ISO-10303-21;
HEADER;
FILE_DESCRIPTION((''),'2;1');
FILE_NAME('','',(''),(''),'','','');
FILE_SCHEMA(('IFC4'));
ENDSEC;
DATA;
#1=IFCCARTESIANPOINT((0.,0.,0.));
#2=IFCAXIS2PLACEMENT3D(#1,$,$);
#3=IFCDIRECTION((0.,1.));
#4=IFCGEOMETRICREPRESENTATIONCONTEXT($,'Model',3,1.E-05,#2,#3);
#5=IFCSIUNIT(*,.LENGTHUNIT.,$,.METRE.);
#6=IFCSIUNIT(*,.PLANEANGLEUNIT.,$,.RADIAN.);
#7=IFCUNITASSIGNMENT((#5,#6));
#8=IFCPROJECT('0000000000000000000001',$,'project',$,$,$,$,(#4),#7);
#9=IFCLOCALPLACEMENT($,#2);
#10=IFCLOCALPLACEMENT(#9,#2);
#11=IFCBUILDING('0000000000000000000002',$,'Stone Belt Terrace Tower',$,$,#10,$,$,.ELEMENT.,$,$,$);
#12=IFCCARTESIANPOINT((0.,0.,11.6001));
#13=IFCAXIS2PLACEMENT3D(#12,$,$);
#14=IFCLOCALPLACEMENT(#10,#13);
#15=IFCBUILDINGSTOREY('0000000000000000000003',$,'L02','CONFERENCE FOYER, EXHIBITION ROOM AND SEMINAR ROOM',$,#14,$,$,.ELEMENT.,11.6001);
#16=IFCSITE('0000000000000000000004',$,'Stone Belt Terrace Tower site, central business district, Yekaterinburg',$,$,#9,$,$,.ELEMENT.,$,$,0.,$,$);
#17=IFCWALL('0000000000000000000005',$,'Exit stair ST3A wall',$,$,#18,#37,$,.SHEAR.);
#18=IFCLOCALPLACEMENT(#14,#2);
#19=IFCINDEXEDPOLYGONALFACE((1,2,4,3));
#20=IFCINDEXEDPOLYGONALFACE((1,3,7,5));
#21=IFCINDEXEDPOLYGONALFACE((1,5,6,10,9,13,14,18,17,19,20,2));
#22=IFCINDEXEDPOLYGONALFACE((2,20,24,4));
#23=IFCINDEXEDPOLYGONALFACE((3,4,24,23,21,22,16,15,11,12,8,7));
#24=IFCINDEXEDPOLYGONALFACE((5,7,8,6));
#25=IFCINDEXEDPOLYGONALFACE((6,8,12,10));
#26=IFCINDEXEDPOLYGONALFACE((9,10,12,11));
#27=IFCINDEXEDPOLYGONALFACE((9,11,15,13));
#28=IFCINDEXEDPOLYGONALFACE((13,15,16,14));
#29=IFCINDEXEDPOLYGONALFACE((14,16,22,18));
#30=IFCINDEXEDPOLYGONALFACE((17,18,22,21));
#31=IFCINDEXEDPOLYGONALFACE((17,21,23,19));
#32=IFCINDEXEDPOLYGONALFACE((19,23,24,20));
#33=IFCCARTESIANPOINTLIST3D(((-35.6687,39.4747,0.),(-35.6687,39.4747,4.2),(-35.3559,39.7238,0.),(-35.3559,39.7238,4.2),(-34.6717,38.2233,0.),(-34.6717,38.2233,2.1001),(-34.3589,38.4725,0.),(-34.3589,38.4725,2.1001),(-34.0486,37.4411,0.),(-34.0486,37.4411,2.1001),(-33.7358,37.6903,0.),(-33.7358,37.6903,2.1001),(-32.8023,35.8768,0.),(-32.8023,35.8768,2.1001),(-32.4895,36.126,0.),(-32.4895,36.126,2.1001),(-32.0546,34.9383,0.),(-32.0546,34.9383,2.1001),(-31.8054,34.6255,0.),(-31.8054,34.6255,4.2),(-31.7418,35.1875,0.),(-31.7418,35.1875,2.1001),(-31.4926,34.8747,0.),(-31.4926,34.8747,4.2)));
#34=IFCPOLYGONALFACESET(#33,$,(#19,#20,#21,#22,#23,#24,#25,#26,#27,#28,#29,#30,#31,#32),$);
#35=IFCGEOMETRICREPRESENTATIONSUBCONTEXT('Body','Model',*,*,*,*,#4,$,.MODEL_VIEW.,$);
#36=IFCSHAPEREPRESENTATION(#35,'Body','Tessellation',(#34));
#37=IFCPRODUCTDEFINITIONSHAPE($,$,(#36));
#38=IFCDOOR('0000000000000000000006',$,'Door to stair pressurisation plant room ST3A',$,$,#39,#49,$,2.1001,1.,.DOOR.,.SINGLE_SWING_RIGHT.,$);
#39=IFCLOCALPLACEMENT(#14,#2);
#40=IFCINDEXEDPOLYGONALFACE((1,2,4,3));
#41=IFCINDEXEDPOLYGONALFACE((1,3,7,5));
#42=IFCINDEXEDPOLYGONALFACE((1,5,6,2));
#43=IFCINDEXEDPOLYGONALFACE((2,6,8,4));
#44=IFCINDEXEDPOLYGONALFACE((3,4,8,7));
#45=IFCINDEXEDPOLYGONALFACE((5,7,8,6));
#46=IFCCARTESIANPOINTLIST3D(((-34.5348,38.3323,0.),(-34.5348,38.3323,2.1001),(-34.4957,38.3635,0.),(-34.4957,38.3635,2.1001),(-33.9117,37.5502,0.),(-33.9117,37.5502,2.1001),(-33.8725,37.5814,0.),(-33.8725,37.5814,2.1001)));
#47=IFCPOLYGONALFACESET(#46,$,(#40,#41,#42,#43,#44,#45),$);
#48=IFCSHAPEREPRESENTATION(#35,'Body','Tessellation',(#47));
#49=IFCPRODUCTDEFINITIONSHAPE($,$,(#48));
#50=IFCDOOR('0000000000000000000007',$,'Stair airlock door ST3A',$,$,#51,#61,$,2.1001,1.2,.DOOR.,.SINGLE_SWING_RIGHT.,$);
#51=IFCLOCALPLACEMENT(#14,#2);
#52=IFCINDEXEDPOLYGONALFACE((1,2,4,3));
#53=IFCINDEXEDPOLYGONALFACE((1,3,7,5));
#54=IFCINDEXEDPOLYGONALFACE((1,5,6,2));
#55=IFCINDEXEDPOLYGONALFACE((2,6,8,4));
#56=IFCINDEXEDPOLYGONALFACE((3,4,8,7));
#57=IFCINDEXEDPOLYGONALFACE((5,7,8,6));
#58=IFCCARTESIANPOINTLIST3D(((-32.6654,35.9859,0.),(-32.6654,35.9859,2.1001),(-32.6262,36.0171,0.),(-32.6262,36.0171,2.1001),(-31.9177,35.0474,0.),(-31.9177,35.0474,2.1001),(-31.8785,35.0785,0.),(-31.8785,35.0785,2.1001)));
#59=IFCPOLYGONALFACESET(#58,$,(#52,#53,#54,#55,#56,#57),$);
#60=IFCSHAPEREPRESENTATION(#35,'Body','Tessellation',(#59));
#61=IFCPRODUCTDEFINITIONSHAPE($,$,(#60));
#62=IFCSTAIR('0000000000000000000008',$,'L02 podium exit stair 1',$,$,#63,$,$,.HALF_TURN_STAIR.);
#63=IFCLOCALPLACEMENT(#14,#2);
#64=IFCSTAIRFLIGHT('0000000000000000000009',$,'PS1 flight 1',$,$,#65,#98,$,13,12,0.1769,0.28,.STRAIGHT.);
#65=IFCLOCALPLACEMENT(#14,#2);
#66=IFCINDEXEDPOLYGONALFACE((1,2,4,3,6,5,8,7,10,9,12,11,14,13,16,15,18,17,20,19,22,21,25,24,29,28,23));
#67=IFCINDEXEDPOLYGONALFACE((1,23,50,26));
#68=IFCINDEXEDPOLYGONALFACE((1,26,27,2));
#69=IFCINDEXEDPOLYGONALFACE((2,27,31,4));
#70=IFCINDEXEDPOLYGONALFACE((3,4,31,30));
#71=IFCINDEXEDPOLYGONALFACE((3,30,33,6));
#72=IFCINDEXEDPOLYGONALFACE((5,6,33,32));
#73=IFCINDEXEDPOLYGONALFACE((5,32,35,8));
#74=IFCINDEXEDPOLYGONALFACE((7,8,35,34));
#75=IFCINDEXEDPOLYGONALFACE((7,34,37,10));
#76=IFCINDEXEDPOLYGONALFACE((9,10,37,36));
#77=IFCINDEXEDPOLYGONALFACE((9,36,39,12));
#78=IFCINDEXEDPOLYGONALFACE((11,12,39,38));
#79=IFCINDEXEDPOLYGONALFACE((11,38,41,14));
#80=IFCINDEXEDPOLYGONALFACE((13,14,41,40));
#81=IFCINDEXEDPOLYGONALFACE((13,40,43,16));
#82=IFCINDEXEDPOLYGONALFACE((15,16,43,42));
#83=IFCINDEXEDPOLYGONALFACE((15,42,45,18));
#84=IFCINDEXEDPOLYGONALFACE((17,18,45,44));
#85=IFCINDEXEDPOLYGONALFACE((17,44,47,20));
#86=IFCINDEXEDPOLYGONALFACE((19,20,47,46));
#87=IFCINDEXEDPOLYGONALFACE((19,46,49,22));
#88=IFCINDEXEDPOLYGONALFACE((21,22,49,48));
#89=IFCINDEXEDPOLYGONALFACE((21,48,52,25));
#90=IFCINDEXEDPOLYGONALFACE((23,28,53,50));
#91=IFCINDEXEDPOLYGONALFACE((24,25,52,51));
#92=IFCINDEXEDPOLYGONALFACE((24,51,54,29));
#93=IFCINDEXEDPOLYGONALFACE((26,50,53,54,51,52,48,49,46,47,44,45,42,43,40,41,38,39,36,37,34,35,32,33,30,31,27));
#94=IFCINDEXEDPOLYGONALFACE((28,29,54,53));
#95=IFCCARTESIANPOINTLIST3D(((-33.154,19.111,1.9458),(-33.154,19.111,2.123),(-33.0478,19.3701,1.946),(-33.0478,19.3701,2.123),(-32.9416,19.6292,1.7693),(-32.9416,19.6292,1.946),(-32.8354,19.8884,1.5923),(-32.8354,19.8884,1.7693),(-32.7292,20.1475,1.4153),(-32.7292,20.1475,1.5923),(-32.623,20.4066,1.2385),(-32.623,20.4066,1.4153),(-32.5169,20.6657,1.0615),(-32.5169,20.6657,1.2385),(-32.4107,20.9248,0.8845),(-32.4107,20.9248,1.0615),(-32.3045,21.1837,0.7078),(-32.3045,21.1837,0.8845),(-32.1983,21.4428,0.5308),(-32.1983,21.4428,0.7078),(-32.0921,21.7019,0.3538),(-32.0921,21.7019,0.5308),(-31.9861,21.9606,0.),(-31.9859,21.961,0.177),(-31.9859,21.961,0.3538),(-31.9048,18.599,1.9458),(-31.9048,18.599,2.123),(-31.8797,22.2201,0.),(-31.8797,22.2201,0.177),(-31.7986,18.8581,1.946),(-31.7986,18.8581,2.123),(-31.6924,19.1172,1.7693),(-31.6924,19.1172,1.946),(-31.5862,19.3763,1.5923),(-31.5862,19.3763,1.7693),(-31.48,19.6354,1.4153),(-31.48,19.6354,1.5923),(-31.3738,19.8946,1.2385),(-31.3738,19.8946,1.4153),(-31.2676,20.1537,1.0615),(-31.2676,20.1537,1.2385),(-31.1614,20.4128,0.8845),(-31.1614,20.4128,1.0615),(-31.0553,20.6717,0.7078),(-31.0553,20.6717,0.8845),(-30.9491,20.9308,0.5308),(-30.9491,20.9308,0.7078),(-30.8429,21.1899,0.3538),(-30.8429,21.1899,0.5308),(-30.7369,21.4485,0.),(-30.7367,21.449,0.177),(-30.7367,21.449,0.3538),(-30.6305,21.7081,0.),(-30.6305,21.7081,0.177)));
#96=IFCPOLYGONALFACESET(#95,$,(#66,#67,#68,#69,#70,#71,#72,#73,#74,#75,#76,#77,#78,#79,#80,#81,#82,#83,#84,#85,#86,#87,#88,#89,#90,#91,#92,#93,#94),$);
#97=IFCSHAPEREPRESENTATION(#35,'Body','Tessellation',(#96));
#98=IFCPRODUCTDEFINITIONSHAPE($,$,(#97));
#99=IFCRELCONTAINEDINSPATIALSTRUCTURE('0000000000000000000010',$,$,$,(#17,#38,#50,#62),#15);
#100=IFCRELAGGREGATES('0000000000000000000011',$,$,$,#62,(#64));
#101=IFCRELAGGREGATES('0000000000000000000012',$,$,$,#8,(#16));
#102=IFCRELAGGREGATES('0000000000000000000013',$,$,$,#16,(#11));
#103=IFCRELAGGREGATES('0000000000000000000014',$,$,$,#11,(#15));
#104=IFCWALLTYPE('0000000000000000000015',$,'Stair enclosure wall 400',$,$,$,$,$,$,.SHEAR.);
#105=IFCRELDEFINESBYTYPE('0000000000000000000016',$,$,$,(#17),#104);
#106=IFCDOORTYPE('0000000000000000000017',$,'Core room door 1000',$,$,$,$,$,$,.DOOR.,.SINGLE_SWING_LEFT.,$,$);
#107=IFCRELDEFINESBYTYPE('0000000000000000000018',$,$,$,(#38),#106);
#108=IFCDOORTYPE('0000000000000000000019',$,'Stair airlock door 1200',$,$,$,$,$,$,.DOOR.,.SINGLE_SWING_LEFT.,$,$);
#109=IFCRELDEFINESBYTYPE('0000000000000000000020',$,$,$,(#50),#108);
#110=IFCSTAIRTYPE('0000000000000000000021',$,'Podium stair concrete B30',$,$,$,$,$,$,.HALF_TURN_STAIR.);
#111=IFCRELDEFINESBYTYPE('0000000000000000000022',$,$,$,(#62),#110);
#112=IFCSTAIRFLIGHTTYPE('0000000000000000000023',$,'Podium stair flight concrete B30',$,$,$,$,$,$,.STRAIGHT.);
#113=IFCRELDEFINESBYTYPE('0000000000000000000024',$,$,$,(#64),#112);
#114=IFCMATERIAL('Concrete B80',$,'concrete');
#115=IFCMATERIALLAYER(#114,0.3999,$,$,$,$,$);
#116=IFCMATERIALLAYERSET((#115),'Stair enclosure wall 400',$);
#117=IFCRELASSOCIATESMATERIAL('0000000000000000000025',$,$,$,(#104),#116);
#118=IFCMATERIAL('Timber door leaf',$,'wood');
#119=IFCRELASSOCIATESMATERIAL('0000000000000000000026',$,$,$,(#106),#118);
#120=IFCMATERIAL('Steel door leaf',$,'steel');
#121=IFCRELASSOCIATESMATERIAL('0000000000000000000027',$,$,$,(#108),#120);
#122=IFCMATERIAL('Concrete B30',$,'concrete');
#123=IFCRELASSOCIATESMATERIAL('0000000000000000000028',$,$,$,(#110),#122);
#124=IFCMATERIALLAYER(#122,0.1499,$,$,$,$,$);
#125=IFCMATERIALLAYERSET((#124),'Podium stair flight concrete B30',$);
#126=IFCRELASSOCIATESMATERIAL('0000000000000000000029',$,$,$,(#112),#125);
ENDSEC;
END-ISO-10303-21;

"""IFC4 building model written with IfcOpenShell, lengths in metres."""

from ifc_helpers import new_model, si_unit, direction, frame, frame_2d, origin, place, context, subcontext, project, spatial, polyline, rectangle, outline, extrude, material, layer, layer_set, type_object, element, fill, aggregate, save


model = new_model("IFC4")

# Units and contexts
model_context = context("Model", 3, precision=1e-05, world=origin(), true_north=direction((0.0, 1.0)))
body_context = subcontext(model_context, "Body", "Model", "MODEL_VIEW")
ifc_project = project(units=[si_unit("LENGTHUNIT", "METRE"), si_unit("PLANEANGLEUNIT", "RADIAN")], contexts=[model_context])

# Site, building, storey
site_placement = place(None, origin())
site = spatial("IfcSite", under=ifc_project, at=site_placement, Name="Stone Belt Terrace Tower site, central business district, Yekaterinburg", CompositionType="ELEMENT", RefElevation=0.0)
building_placement = place(site_placement, origin())
building = spatial("IfcBuilding", under=site, at=building_placement, Name="Stone Belt Terrace Tower", CompositionType="ELEMENT")
storey_placement = place(building_placement, frame((0.0, 0.0, 11.6001)))
storey = spatial("IfcBuildingStorey", under=building, at=storey_placement, Name="L02", Description="CONFERENCE FOYER, EXHIBITION ROOM AND SEMINAR ROOM", CompositionType="ELEMENT", Elevation=11.6001)

# Shared definitions
ifc_material_1 = material(Name="Concrete B80", Category="concrete")

# Shared definitions
ifc_material_2 = material(Name="Concrete B30", Category="concrete")

# Wall, openings, doors
ifc_layer_1 = layer(ifc_material_1, 0.3999)
ifc_layer_set_1 = layer_set([ifc_layer_1], Name="Stair enclosure wall 400")
wall_type_1 = type_object("IfcWallType", Name="Stair enclosure wall 400", PredefinedType="SHEAR", material=ifc_layer_set_1)
wall_1_placement = place(storey_placement, frame((-31.6489, 34.75, 0.0), z_axis=(0.0, 0.0, 1.0), x_axis=(-0.623119, 0.782127, 0.0)))
wall_1 = element("IfcWall", 1, at=wall_1_placement, inside=storey, type_object=wall_type_1, Name="Exit stair ST3A wall", PredefinedType="SHEAR", context=body_context, shape_type="SweptSolid", body=[
    extrude(rectangle(XDim=6.2, YDim=0.3999, at=frame_2d((3.1001, 0.0))), origin(), (0.0, 0.0, 1.0), 4.2),
])
opening_1_placement = place(wall_1_placement, frame((0.3999, 0.0, 0.0)))
opening_1 = element("IfcOpeningElement", 2, at=opening_1_placement, cuts=wall_1, PredefinedType="OPENING", context=body_context, shape_type="SweptSolid", body=[
    extrude(rectangle(XDim=1.2, YDim=2.1001, at=frame_2d((0.6001, 1.05))), frame((0.0, 0.21, 0.0), z_axis=(0.0, -1.0, 0.0), x_axis=(1.0, 0.0, 0.0)), (0.0, 0.0, 1.0), 0.4199),
])
opening_2_placement = place(wall_1_placement, frame((3.6001, 0.0, 0.0)))
opening_2 = element("IfcOpeningElement", 3, at=opening_2_placement, cuts=wall_1, PredefinedType="OPENING", context=body_context, shape_type="SweptSolid", body=[
    extrude(rectangle(XDim=1.0, YDim=2.1001, at=frame_2d((0.5, 1.05))), frame((0.0, 0.21, 0.0), z_axis=(0.0, -1.0, 0.0), x_axis=(1.0, 0.0, 0.0)), (0.0, 0.0, 1.0), 0.4199),
])
ifc_material_3 = material(Name="Timber door leaf", Category="wood")
door_type_1 = type_object("IfcDoorType", Name="Core room door 1000", OperationType="SINGLE_SWING_LEFT", PredefinedType="DOOR", material=ifc_material_3)
door_1_placement = place(opening_2_placement, origin())
door_1 = element("IfcDoor", 4, at=door_1_placement, inside=storey, type_object=door_type_1, Name="Door to stair pressurisation plant room ST3A", OperationType="SINGLE_SWING_RIGHT", OverallHeight=2.1001, OverallWidth=1.0, PredefinedType="DOOR", context=body_context, shape_type="SweptSolid", body=[
    extrude(rectangle(XDim=1.0, YDim=2.1001, at=frame_2d((0.5, 1.05))), frame((0.0, 0.0249, 0.0), z_axis=(0.0, -1.0, 0.0), x_axis=(1.0, 0.0, 0.0)), (0.0, 0.0, 1.0), 0.05),
])
fill(opening_2, door_1)
ifc_material_4 = material(Name="Steel door leaf", Category="steel")
door_type_2 = type_object("IfcDoorType", Name="Stair airlock door 1200", OperationType="SINGLE_SWING_LEFT", PredefinedType="DOOR", material=ifc_material_4)
door_2_placement = place(opening_1_placement, origin())
door_2 = element("IfcDoor", 5, at=door_2_placement, inside=storey, type_object=door_type_2, Name="Stair airlock door ST3A", OperationType="SINGLE_SWING_RIGHT", OverallHeight=2.1001, OverallWidth=1.2, PredefinedType="DOOR", context=body_context, shape_type="SweptSolid", body=[
    extrude(rectangle(XDim=1.2, YDim=2.1001, at=frame_2d((0.6001, 1.05))), frame((0.0, 0.0249, 0.0), z_axis=(0.0, -1.0, 0.0), x_axis=(1.0, 0.0, 0.0)), (0.0, 0.0, 1.0), 0.05),
])
fill(opening_1, door_2)

# Stair, stair flight
stair_type = type_object("IfcStairType", Name="Podium stair concrete B30", PredefinedType="HALF_TURN_STAIR", material=ifc_material_2)
stair_placement = place(storey_placement, origin())
stair = element("IfcStair", 6, at=stair_placement, inside=storey, type_object=stair_type, Name="L02 podium exit stair 1", PredefinedType="HALF_TURN_STAIR")
ifc_layer_2 = layer(ifc_material_2, 0.1499)
ifc_layer_set_2 = layer_set([ifc_layer_2], Name="Podium stair flight concrete B30")
stair_flight_type = type_object("IfcStairFlightType", Name="Podium stair flight concrete B30", PredefinedType="STRAIGHT", material=ifc_layer_set_2)
stair_flight_placement = place(storey_placement, frame((-31.2551, 21.9641, 0.0), z_axis=(0.0, 0.0, 1.0), x_axis=(-0.379243, -0.925297, 0.0)))
stair_flight = element("IfcStairFlight", 7, at=stair_flight_placement, type_object=stair_flight_type, Name="PS1 flight 1", NumberOfRisers=13, NumberOfTreads=12, PredefinedType="STRAIGHT", RiserHeight=0.1769, TreadLength=0.28, context=body_context, shape_type="SweptSolid", body=[
    extrude(outline(polyline([(0.0, 0.0), (0.0, 0.177), (0.28, 0.177), (0.28, 0.3538), (0.5601, 0.3538), (0.5601, 0.5308), (0.8401, 0.5308), (0.8401, 0.7078), (1.1201, 0.7078), (1.1201, 0.8845), (1.3999, 0.8845), (1.3999, 1.0615), (1.6799, 1.0615), (1.6799, 1.2385), (1.96, 1.2385), (1.96, 1.4153), (2.24, 1.4153), (2.24, 1.5923), (2.52, 1.5923), (2.52, 1.7693), (2.8, 1.7693), (2.8, 1.946), (3.0801, 1.946), (3.0801, 2.123), (3.3601, 2.123), (3.3601, 2.3), (3.3601, 1.9458), (0.2805, 0.0), (0.0, 0.0)])), frame((0.0, 0.675, 0.0), z_axis=(0.0, -1.0, 0.0), x_axis=(1.0, 0.0, 0.0)), (0.0, 0.0, 1.0), 1.3501),
])
aggregate(stair, [stair_flight])

save(model, "model.ifc")
